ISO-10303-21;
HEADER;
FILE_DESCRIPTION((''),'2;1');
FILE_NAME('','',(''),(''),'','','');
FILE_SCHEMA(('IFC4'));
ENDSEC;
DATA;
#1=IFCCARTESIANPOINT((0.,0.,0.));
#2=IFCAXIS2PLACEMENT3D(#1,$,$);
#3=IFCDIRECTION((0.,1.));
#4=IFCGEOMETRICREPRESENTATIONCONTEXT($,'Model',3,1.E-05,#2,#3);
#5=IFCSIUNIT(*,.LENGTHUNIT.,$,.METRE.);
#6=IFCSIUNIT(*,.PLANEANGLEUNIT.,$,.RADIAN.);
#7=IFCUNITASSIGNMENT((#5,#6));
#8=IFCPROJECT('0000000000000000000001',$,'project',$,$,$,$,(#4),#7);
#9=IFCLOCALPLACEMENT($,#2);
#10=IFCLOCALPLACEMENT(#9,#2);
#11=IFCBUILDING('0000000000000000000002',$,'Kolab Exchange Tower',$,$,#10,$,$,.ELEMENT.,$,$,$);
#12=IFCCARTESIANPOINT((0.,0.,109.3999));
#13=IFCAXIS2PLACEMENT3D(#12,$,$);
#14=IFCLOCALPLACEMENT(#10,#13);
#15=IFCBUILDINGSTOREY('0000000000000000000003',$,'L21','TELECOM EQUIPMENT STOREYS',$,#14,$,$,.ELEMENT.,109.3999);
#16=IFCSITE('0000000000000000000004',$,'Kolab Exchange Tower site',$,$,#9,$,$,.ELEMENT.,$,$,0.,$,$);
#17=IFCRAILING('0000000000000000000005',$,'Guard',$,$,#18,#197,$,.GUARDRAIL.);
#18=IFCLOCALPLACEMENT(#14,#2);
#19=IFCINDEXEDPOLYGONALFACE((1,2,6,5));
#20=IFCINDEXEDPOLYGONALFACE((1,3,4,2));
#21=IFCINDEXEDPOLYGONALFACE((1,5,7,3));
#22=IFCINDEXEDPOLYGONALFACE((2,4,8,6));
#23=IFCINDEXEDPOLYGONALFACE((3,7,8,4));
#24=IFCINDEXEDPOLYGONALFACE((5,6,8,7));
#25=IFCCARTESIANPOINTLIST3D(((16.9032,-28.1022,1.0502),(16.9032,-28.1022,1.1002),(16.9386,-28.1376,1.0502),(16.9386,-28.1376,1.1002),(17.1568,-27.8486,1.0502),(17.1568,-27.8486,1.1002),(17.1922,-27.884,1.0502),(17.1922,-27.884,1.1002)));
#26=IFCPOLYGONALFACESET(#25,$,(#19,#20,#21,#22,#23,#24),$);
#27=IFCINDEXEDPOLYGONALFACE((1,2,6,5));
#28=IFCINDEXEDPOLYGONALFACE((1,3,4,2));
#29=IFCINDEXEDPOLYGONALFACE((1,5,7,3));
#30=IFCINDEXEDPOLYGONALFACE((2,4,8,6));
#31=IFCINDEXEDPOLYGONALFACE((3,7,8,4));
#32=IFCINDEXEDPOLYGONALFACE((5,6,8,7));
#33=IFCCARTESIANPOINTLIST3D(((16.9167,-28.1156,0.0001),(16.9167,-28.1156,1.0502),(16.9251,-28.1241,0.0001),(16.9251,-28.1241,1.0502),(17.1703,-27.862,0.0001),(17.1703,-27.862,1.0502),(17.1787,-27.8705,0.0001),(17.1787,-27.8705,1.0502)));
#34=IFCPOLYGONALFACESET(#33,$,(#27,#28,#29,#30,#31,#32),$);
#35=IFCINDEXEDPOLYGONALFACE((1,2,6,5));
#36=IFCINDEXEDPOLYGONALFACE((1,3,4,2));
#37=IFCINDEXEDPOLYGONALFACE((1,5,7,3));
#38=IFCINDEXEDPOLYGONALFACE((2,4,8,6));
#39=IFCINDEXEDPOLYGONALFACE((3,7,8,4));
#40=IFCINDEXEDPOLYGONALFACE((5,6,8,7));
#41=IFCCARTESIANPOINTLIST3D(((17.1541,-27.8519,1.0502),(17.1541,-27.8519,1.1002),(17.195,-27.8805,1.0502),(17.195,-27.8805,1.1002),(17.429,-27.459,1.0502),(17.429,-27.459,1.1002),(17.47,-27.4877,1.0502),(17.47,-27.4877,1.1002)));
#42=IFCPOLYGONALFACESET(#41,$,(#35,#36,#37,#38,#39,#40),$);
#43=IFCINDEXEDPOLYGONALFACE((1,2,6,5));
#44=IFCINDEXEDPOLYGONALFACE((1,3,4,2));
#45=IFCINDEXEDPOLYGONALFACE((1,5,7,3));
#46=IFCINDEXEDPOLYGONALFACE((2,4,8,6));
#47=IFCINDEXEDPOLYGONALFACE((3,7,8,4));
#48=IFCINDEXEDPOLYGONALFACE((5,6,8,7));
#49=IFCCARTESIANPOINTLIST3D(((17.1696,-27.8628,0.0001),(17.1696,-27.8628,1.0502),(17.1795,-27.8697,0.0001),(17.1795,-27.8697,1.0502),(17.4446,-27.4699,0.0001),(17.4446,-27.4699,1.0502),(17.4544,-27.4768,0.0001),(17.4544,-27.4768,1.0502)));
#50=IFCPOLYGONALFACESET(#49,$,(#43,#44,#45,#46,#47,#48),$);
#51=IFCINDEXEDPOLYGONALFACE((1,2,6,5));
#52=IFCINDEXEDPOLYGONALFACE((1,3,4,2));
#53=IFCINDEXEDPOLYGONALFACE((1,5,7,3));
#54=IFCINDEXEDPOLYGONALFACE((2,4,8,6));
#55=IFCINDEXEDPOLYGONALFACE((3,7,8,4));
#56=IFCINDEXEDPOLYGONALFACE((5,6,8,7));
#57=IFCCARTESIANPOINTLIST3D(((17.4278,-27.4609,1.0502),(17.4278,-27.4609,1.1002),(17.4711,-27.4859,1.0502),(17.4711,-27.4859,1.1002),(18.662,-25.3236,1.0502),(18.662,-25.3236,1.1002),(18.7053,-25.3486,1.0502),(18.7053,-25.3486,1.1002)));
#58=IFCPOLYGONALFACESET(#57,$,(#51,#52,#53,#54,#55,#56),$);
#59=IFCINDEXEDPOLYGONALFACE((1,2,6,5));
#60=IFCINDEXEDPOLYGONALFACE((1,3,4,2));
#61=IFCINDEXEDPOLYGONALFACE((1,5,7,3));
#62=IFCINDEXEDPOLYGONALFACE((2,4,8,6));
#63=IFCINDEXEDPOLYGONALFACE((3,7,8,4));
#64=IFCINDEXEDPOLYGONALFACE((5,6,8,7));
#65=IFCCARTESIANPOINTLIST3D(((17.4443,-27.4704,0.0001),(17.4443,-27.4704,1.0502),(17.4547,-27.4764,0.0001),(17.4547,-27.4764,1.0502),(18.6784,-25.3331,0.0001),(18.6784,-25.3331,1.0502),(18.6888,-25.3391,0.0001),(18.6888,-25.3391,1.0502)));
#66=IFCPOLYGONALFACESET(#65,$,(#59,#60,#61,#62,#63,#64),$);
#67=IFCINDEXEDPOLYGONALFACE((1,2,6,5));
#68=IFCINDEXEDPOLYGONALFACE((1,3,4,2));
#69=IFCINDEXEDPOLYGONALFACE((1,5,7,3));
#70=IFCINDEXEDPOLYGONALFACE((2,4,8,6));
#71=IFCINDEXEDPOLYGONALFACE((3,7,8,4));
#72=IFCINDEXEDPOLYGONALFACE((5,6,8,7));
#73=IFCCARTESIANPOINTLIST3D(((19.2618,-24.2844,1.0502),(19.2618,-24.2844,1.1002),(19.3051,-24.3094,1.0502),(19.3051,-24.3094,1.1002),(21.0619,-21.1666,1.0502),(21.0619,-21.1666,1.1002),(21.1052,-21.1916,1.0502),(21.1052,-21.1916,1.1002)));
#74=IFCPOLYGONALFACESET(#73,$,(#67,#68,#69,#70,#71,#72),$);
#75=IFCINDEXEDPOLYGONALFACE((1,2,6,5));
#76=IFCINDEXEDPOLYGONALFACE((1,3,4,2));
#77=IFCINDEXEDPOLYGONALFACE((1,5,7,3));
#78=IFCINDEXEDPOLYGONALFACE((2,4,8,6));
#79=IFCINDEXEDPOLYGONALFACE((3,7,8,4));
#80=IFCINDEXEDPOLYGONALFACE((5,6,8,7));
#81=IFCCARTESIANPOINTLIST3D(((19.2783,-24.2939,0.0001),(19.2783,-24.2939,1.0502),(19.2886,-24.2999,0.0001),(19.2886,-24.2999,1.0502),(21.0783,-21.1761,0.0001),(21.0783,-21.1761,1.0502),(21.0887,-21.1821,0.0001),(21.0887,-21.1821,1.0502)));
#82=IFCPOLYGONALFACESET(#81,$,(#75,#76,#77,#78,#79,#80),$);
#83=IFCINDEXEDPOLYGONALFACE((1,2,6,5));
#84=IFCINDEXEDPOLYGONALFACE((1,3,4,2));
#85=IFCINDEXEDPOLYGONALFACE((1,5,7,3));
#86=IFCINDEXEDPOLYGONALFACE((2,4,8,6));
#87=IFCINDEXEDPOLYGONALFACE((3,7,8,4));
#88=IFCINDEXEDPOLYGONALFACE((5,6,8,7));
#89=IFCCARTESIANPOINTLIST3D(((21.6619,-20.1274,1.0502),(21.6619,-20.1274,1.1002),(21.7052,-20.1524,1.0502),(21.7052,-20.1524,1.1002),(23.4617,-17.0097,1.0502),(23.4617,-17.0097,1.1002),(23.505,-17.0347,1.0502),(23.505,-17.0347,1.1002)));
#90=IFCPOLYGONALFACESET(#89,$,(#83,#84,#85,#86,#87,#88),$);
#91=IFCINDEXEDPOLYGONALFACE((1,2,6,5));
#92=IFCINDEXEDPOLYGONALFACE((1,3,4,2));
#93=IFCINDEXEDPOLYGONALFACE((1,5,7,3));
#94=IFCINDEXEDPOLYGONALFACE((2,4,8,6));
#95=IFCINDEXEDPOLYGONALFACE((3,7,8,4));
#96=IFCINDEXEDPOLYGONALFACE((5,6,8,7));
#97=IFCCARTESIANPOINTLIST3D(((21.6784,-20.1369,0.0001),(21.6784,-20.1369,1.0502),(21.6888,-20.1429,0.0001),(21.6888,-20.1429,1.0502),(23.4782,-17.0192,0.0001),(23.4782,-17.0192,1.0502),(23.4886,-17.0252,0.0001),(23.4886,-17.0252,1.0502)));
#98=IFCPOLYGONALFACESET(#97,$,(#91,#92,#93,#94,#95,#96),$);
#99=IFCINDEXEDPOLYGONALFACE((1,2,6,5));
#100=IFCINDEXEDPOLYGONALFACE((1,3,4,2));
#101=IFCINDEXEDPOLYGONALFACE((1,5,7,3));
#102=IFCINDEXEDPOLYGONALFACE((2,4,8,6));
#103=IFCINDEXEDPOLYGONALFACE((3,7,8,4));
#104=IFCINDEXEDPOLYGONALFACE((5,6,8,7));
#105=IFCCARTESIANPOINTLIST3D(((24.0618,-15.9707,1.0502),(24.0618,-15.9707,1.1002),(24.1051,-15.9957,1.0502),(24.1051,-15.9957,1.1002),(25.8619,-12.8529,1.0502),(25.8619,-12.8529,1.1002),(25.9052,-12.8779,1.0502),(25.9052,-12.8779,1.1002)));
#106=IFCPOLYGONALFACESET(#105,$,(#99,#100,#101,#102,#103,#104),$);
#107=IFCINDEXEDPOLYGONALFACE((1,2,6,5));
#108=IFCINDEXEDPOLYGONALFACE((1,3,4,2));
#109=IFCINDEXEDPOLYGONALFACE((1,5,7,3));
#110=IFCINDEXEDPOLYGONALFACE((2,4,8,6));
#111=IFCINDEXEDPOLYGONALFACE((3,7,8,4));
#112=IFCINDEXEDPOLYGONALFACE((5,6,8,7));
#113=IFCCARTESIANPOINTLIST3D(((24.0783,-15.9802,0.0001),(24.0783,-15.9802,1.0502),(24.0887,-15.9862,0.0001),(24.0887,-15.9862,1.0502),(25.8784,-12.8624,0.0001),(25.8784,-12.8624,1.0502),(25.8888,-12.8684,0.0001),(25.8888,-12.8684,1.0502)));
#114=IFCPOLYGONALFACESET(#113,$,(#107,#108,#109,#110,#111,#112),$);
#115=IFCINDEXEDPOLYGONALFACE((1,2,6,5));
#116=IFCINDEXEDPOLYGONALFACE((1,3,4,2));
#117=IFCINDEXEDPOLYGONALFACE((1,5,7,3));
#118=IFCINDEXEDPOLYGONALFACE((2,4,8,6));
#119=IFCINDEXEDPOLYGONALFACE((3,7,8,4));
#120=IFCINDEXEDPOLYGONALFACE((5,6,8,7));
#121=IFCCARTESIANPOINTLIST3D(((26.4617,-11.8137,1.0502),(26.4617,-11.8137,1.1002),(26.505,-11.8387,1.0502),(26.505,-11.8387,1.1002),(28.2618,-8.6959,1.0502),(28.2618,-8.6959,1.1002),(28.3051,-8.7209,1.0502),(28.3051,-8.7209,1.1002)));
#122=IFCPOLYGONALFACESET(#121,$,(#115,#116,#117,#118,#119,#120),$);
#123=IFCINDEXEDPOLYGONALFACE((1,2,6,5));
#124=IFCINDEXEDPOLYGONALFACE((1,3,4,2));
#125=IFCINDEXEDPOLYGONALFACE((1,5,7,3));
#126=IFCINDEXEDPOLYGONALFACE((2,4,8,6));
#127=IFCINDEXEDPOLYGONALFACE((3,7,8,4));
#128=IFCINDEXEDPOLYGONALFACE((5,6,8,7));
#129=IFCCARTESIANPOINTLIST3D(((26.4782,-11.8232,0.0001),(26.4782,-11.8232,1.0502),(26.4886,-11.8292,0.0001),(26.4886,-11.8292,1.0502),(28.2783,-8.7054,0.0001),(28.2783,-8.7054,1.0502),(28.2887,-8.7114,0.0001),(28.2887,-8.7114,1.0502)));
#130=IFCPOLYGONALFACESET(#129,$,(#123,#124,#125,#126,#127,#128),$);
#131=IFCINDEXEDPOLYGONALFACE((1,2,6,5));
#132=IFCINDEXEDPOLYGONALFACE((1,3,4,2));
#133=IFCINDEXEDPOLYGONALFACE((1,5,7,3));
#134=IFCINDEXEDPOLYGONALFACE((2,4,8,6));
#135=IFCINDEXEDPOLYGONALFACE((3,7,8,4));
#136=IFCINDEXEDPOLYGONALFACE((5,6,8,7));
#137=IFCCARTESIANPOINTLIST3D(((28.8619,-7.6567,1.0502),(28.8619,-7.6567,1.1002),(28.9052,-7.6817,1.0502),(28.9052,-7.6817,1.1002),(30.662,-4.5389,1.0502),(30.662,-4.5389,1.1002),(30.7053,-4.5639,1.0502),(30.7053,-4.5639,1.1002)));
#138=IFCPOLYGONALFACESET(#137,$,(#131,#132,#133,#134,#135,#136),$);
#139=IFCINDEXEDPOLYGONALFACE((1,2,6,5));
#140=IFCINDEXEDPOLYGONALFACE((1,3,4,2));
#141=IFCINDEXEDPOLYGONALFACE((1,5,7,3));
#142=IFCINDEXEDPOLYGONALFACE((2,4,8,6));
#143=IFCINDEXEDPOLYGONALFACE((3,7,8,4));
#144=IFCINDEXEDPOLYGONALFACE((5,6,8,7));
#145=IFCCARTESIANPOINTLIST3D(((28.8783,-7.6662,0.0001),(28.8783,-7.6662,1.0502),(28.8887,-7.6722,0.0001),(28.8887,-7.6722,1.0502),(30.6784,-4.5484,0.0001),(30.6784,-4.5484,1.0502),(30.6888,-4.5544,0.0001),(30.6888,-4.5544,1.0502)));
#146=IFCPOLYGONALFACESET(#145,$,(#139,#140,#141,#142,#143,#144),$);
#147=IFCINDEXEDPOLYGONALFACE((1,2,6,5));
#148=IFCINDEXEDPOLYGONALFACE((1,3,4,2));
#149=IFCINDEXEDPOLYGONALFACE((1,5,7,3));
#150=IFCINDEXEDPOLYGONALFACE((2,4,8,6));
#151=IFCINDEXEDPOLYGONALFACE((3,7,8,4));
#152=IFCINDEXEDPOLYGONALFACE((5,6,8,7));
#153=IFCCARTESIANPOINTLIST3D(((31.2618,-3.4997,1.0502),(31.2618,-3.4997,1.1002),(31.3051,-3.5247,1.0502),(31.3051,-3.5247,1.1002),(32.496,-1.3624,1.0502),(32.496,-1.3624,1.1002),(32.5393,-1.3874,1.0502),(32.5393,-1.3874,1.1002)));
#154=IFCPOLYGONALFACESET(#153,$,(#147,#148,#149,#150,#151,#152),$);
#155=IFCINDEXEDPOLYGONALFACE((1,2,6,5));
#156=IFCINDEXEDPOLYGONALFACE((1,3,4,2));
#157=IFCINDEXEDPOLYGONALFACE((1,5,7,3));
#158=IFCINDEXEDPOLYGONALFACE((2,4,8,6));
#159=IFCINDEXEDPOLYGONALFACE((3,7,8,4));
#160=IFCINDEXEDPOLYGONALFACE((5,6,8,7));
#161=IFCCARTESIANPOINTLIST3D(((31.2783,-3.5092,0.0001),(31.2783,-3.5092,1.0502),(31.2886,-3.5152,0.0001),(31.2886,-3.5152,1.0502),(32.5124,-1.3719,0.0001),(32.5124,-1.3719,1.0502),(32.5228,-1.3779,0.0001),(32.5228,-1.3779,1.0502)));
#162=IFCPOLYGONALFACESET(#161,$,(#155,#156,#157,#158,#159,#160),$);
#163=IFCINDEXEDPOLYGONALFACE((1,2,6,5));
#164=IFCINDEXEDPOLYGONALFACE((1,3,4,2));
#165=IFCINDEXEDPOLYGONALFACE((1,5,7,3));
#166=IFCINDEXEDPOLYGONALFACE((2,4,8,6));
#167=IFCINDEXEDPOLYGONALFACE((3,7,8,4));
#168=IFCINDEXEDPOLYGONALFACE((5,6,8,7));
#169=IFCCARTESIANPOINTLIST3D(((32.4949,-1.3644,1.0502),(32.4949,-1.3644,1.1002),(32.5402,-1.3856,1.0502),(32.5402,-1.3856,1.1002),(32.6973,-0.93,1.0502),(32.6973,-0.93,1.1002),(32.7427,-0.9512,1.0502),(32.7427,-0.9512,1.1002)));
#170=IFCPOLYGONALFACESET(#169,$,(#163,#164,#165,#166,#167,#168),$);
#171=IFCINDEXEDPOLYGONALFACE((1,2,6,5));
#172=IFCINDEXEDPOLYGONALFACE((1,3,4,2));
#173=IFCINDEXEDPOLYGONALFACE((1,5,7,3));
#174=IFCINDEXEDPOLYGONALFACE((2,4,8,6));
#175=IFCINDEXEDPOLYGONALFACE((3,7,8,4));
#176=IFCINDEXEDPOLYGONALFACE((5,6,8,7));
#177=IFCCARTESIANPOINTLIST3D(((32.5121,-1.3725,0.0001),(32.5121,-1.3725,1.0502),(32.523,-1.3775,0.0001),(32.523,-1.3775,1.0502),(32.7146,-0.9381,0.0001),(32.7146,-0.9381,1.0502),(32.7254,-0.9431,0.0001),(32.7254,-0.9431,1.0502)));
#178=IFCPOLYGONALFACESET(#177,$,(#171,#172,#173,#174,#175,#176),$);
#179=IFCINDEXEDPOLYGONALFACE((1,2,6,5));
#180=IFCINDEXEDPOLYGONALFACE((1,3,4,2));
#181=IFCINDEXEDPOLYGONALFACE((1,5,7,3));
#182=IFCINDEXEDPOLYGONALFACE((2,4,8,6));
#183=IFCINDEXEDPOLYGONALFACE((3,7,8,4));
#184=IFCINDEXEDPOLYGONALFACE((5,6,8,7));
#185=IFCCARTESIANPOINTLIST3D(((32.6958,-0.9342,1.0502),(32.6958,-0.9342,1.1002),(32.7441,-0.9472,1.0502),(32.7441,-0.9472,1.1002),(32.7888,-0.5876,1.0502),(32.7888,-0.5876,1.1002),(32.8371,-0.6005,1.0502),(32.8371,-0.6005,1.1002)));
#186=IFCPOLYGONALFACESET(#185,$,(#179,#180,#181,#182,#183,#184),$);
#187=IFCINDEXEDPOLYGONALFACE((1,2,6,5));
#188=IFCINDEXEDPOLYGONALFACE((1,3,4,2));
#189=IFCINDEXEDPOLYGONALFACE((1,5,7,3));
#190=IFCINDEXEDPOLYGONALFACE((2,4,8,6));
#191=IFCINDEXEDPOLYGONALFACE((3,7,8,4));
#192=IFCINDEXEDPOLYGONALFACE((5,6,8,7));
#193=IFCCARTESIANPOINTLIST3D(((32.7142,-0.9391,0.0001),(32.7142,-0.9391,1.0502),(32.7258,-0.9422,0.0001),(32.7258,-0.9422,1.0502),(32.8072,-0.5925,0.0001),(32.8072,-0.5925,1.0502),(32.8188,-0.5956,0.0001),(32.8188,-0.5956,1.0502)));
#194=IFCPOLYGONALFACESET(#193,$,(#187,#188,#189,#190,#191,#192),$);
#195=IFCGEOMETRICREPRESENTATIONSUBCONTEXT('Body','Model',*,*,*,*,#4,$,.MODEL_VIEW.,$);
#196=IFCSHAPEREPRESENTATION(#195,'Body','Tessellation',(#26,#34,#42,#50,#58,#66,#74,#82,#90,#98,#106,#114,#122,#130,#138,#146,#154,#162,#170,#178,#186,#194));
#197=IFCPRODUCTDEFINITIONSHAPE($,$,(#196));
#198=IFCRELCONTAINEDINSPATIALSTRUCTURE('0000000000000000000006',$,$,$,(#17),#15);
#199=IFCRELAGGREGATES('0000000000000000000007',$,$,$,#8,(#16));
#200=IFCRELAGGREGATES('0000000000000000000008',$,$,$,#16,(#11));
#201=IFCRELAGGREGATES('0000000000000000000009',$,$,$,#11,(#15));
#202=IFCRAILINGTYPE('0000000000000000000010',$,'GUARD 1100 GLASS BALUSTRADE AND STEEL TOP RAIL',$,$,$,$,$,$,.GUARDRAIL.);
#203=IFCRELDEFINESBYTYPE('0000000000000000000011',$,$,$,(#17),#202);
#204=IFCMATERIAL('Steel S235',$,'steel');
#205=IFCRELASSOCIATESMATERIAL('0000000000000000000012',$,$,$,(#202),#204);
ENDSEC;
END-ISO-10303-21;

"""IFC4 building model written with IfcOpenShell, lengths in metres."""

from ifc_helpers import new_model, si_unit, direction, frame, frame_2d, origin, origin_2d, place, context, subcontext, project, spatial, rectangle, extrude, material, type_object, element, save


model = new_model("IFC4")

# Units and contexts
model_context = context("Model", 3, precision=1e-05, world=origin(), true_north=direction((0.0, 1.0)))
body_context = subcontext(model_context, "Body", "Model", "MODEL_VIEW")
ifc_project = project(units=[si_unit("LENGTHUNIT", "METRE"), si_unit("PLANEANGLEUNIT", "RADIAN")], contexts=[model_context])

# Site, building, storey
site_placement = place(None, origin())
site = spatial("IfcSite", under=ifc_project, at=site_placement, Name="Kolab Exchange Tower site", CompositionType="ELEMENT", RefElevation=0.0)
building_placement = place(site_placement, origin())
building = spatial("IfcBuilding", under=site, at=building_placement, Name="Kolab Exchange Tower", CompositionType="ELEMENT")
storey_placement = place(building_placement, frame((0.0, 0.0, 109.3999)))
storey = spatial("IfcBuildingStorey", under=building, at=storey_placement, Name="L21", Description="TELECOM EQUIPMENT STOREYS", CompositionType="ELEMENT", Elevation=109.3999)

# Railing
ifc_material_1 = material(Name="Steel S235", Category="steel")
railing_type = type_object("IfcRailingType", Name="GUARD 1100 GLASS BALUSTRADE AND STEEL TOP RAIL", PredefinedType="GUARDRAIL", material=ifc_material_1)
railing_1_placement = place(storey_placement, frame((16.9209, -28.1199, 0.0)))
element("IfcRailing", 1, at=railing_1_placement, inside=storey, type_object=railing_type, Name="Guard", PredefinedType="GUARDRAIL", context=body_context, shape_type="SweptSolid", body=[
    extrude(rectangle(XDim=0.05, YDim=0.05, at=origin_2d()), frame((0.0, 0.0, 1.0752), z_axis=(0.707107, 0.707107, 0.0), x_axis=(-0.707107, 0.707107, 0.0)), (0.0, 0.0, 1.0), 0.3586),
    extrude(rectangle(XDim=0.012, YDim=1.0501, at=frame_2d((0.0, 0.5251))), frame((0.0, 0.0, 0.0), z_axis=(0.707107, 0.707107, 0.0), x_axis=(-0.707107, 0.707107, 0.0)), (0.0, 0.0, 1.0), 0.3586),
    extrude(rectangle(XDim=0.05, YDim=0.05, at=origin_2d()), frame((0.2537, 0.2537, 1.0752), z_axis=(0.57336, 0.819304, 0.0), x_axis=(-0.819304, 0.57336, 0.0)), (0.0, 0.0, 1.0), 0.4795),
    extrude(rectangle(XDim=0.012, YDim=1.0501, at=frame_2d((0.0, 0.5251))), frame((0.2537, 0.2537, 0.0), z_axis=(0.57336, 0.819304, 0.0), x_axis=(-0.819304, 0.57336, 0.0)), (0.0, 0.0, 1.0), 0.4795),
    extrude(rectangle(XDim=0.05, YDim=0.05, at=origin_2d()), frame((0.5286, 0.6465, 1.0752), z_axis=(0.500065, 0.865988, 0.0), x_axis=(-0.865988, 0.500065, 0.0)), (0.0, 0.0, 1.0), 2.468),
    extrude(rectangle(XDim=0.012, YDim=1.0501, at=frame_2d((0.0, 0.5251))), frame((0.5286, 0.6465, 0.0), z_axis=(0.500065, 0.865988, 0.0), x_axis=(-0.865988, 0.500065, 0.0)), (0.0, 0.0, 1.0), 2.468),
    extrude(rectangle(XDim=0.05, YDim=0.05, at=origin_2d()), frame((2.3625, 3.823, 1.0752), z_axis=(0.500012, 0.866018, 0.0), x_axis=(-0.866018, 0.500012, 0.0)), (0.0, 0.0, 1.0), 3.6001),
    extrude(rectangle(XDim=0.012, YDim=1.0501, at=frame_2d((0.0, 0.5251))), frame((2.3625, 3.823, 0.0), z_axis=(0.500012, 0.866018, 0.0), x_axis=(-0.866018, 0.500012, 0.0)), (0.0, 0.0, 1.0), 3.6001),
    extrude(rectangle(XDim=0.05, YDim=0.05, at=origin_2d()), frame((4.7627, 7.98, 1.0752), z_axis=(0.499961, 0.866048, 0.0), x_axis=(-0.866048, 0.499961, 0.0)), (0.0, 0.0, 1.0), 3.5999),
    extrude(rectangle(XDim=0.012, YDim=1.0501, at=frame_2d((0.0, 0.5251))), frame((4.7627, 7.98, 0.0), z_axis=(0.499961, 0.866048, 0.0), x_axis=(-0.866048, 0.499961, 0.0)), (0.0, 0.0, 1.0), 3.5999),
    extrude(rectangle(XDim=0.05, YDim=0.05, at=origin_2d()), frame((7.1626, 12.1367, 1.0752), z_axis=(0.500012, 0.866018, 0.0), x_axis=(-0.866018, 0.500012, 0.0)), (0.0, 0.0, 1.0), 3.6001),
    extrude(rectangle(XDim=0.012, YDim=1.0501, at=frame_2d((0.0, 0.5251))), frame((7.1626, 12.1367, 0.0), z_axis=(0.500012, 0.866018, 0.0), x_axis=(-0.866018, 0.500012, 0.0)), (0.0, 0.0, 1.0), 3.6001),
    extrude(rectangle(XDim=0.05, YDim=0.05, at=origin_2d()), frame((9.5625, 16.2937, 1.0752), z_axis=(0.500012, 0.866018, 0.0), x_axis=(-0.866018, 0.500012, 0.0)), (0.0, 0.0, 1.0), 3.6001),
    extrude(rectangle(XDim=0.012, YDim=1.0501, at=frame_2d((0.0, 0.5251))), frame((9.5625, 16.2937, 0.0), z_axis=(0.500012, 0.866018, 0.0), x_axis=(-0.866018, 0.500012, 0.0)), (0.0, 0.0, 1.0), 3.6001),
    extrude(rectangle(XDim=0.05, YDim=0.05, at=origin_2d()), frame((11.9626, 20.4507, 1.0752), z_axis=(0.500012, 0.866018, 0.0), x_axis=(-0.866018, 0.500012, 0.0)), (0.0, 0.0, 1.0), 3.6001),
    extrude(rectangle(XDim=0.012, YDim=1.0501, at=frame_2d((0.0, 0.5251))), frame((11.9626, 20.4507, 0.0), z_axis=(0.500012, 0.866018, 0.0), x_axis=(-0.866018, 0.500012, 0.0)), (0.0, 0.0, 1.0), 3.6001),
    extrude(rectangle(XDim=0.05, YDim=0.05, at=origin_2d()), frame((14.3625, 24.6077, 1.0752), z_axis=(0.500065, 0.865988, 0.0), x_axis=(-0.865988, 0.500065, 0.0)), (0.0, 0.0, 1.0), 2.468),
    extrude(rectangle(XDim=0.012, YDim=1.0501, at=frame_2d((0.0, 0.5251))), frame((14.3625, 24.6077, 0.0), z_axis=(0.500065, 0.865988, 0.0), x_axis=(-0.865988, 0.500065, 0.0)), (0.0, 0.0, 1.0), 2.468),
    extrude(rectangle(XDim=0.05, YDim=0.05, at=origin_2d()), frame((15.5967, 26.7449, 1.0752), z_axis=(0.422383, 0.906417, 0.0), x_axis=(-0.906417, 0.422383, 0.0)), (0.0, 0.0, 1.0), 0.4792),
    extrude(rectangle(XDim=0.012, YDim=1.0501, at=frame_2d((0.0, 0.5251))), frame((15.5967, 26.7449, 0.0), z_axis=(0.422383, 0.906417, 0.0), x_axis=(-0.906417, 0.422383, 0.0)), (0.0, 0.0, 1.0), 0.4792),
    extrude(rectangle(XDim=0.05, YDim=0.05, at=origin_2d()), frame((15.7991, 27.1792, 1.0752), z_axis=(0.259144, 0.965839, 0.0), x_axis=(-0.965839, 0.259144, 0.0)), (0.0, 0.0, 1.0), 0.3589),
    extrude(rectangle(XDim=0.012, YDim=1.0501, at=frame_2d((0.0, 0.5251))), frame((15.7991, 27.1792, 0.0), z_axis=(0.259144, 0.965839, 0.0), x_axis=(-0.965839, 0.259144, 0.0)), (0.0, 0.0, 1.0), 0.3589),
])

save(model, "model.ifc")
